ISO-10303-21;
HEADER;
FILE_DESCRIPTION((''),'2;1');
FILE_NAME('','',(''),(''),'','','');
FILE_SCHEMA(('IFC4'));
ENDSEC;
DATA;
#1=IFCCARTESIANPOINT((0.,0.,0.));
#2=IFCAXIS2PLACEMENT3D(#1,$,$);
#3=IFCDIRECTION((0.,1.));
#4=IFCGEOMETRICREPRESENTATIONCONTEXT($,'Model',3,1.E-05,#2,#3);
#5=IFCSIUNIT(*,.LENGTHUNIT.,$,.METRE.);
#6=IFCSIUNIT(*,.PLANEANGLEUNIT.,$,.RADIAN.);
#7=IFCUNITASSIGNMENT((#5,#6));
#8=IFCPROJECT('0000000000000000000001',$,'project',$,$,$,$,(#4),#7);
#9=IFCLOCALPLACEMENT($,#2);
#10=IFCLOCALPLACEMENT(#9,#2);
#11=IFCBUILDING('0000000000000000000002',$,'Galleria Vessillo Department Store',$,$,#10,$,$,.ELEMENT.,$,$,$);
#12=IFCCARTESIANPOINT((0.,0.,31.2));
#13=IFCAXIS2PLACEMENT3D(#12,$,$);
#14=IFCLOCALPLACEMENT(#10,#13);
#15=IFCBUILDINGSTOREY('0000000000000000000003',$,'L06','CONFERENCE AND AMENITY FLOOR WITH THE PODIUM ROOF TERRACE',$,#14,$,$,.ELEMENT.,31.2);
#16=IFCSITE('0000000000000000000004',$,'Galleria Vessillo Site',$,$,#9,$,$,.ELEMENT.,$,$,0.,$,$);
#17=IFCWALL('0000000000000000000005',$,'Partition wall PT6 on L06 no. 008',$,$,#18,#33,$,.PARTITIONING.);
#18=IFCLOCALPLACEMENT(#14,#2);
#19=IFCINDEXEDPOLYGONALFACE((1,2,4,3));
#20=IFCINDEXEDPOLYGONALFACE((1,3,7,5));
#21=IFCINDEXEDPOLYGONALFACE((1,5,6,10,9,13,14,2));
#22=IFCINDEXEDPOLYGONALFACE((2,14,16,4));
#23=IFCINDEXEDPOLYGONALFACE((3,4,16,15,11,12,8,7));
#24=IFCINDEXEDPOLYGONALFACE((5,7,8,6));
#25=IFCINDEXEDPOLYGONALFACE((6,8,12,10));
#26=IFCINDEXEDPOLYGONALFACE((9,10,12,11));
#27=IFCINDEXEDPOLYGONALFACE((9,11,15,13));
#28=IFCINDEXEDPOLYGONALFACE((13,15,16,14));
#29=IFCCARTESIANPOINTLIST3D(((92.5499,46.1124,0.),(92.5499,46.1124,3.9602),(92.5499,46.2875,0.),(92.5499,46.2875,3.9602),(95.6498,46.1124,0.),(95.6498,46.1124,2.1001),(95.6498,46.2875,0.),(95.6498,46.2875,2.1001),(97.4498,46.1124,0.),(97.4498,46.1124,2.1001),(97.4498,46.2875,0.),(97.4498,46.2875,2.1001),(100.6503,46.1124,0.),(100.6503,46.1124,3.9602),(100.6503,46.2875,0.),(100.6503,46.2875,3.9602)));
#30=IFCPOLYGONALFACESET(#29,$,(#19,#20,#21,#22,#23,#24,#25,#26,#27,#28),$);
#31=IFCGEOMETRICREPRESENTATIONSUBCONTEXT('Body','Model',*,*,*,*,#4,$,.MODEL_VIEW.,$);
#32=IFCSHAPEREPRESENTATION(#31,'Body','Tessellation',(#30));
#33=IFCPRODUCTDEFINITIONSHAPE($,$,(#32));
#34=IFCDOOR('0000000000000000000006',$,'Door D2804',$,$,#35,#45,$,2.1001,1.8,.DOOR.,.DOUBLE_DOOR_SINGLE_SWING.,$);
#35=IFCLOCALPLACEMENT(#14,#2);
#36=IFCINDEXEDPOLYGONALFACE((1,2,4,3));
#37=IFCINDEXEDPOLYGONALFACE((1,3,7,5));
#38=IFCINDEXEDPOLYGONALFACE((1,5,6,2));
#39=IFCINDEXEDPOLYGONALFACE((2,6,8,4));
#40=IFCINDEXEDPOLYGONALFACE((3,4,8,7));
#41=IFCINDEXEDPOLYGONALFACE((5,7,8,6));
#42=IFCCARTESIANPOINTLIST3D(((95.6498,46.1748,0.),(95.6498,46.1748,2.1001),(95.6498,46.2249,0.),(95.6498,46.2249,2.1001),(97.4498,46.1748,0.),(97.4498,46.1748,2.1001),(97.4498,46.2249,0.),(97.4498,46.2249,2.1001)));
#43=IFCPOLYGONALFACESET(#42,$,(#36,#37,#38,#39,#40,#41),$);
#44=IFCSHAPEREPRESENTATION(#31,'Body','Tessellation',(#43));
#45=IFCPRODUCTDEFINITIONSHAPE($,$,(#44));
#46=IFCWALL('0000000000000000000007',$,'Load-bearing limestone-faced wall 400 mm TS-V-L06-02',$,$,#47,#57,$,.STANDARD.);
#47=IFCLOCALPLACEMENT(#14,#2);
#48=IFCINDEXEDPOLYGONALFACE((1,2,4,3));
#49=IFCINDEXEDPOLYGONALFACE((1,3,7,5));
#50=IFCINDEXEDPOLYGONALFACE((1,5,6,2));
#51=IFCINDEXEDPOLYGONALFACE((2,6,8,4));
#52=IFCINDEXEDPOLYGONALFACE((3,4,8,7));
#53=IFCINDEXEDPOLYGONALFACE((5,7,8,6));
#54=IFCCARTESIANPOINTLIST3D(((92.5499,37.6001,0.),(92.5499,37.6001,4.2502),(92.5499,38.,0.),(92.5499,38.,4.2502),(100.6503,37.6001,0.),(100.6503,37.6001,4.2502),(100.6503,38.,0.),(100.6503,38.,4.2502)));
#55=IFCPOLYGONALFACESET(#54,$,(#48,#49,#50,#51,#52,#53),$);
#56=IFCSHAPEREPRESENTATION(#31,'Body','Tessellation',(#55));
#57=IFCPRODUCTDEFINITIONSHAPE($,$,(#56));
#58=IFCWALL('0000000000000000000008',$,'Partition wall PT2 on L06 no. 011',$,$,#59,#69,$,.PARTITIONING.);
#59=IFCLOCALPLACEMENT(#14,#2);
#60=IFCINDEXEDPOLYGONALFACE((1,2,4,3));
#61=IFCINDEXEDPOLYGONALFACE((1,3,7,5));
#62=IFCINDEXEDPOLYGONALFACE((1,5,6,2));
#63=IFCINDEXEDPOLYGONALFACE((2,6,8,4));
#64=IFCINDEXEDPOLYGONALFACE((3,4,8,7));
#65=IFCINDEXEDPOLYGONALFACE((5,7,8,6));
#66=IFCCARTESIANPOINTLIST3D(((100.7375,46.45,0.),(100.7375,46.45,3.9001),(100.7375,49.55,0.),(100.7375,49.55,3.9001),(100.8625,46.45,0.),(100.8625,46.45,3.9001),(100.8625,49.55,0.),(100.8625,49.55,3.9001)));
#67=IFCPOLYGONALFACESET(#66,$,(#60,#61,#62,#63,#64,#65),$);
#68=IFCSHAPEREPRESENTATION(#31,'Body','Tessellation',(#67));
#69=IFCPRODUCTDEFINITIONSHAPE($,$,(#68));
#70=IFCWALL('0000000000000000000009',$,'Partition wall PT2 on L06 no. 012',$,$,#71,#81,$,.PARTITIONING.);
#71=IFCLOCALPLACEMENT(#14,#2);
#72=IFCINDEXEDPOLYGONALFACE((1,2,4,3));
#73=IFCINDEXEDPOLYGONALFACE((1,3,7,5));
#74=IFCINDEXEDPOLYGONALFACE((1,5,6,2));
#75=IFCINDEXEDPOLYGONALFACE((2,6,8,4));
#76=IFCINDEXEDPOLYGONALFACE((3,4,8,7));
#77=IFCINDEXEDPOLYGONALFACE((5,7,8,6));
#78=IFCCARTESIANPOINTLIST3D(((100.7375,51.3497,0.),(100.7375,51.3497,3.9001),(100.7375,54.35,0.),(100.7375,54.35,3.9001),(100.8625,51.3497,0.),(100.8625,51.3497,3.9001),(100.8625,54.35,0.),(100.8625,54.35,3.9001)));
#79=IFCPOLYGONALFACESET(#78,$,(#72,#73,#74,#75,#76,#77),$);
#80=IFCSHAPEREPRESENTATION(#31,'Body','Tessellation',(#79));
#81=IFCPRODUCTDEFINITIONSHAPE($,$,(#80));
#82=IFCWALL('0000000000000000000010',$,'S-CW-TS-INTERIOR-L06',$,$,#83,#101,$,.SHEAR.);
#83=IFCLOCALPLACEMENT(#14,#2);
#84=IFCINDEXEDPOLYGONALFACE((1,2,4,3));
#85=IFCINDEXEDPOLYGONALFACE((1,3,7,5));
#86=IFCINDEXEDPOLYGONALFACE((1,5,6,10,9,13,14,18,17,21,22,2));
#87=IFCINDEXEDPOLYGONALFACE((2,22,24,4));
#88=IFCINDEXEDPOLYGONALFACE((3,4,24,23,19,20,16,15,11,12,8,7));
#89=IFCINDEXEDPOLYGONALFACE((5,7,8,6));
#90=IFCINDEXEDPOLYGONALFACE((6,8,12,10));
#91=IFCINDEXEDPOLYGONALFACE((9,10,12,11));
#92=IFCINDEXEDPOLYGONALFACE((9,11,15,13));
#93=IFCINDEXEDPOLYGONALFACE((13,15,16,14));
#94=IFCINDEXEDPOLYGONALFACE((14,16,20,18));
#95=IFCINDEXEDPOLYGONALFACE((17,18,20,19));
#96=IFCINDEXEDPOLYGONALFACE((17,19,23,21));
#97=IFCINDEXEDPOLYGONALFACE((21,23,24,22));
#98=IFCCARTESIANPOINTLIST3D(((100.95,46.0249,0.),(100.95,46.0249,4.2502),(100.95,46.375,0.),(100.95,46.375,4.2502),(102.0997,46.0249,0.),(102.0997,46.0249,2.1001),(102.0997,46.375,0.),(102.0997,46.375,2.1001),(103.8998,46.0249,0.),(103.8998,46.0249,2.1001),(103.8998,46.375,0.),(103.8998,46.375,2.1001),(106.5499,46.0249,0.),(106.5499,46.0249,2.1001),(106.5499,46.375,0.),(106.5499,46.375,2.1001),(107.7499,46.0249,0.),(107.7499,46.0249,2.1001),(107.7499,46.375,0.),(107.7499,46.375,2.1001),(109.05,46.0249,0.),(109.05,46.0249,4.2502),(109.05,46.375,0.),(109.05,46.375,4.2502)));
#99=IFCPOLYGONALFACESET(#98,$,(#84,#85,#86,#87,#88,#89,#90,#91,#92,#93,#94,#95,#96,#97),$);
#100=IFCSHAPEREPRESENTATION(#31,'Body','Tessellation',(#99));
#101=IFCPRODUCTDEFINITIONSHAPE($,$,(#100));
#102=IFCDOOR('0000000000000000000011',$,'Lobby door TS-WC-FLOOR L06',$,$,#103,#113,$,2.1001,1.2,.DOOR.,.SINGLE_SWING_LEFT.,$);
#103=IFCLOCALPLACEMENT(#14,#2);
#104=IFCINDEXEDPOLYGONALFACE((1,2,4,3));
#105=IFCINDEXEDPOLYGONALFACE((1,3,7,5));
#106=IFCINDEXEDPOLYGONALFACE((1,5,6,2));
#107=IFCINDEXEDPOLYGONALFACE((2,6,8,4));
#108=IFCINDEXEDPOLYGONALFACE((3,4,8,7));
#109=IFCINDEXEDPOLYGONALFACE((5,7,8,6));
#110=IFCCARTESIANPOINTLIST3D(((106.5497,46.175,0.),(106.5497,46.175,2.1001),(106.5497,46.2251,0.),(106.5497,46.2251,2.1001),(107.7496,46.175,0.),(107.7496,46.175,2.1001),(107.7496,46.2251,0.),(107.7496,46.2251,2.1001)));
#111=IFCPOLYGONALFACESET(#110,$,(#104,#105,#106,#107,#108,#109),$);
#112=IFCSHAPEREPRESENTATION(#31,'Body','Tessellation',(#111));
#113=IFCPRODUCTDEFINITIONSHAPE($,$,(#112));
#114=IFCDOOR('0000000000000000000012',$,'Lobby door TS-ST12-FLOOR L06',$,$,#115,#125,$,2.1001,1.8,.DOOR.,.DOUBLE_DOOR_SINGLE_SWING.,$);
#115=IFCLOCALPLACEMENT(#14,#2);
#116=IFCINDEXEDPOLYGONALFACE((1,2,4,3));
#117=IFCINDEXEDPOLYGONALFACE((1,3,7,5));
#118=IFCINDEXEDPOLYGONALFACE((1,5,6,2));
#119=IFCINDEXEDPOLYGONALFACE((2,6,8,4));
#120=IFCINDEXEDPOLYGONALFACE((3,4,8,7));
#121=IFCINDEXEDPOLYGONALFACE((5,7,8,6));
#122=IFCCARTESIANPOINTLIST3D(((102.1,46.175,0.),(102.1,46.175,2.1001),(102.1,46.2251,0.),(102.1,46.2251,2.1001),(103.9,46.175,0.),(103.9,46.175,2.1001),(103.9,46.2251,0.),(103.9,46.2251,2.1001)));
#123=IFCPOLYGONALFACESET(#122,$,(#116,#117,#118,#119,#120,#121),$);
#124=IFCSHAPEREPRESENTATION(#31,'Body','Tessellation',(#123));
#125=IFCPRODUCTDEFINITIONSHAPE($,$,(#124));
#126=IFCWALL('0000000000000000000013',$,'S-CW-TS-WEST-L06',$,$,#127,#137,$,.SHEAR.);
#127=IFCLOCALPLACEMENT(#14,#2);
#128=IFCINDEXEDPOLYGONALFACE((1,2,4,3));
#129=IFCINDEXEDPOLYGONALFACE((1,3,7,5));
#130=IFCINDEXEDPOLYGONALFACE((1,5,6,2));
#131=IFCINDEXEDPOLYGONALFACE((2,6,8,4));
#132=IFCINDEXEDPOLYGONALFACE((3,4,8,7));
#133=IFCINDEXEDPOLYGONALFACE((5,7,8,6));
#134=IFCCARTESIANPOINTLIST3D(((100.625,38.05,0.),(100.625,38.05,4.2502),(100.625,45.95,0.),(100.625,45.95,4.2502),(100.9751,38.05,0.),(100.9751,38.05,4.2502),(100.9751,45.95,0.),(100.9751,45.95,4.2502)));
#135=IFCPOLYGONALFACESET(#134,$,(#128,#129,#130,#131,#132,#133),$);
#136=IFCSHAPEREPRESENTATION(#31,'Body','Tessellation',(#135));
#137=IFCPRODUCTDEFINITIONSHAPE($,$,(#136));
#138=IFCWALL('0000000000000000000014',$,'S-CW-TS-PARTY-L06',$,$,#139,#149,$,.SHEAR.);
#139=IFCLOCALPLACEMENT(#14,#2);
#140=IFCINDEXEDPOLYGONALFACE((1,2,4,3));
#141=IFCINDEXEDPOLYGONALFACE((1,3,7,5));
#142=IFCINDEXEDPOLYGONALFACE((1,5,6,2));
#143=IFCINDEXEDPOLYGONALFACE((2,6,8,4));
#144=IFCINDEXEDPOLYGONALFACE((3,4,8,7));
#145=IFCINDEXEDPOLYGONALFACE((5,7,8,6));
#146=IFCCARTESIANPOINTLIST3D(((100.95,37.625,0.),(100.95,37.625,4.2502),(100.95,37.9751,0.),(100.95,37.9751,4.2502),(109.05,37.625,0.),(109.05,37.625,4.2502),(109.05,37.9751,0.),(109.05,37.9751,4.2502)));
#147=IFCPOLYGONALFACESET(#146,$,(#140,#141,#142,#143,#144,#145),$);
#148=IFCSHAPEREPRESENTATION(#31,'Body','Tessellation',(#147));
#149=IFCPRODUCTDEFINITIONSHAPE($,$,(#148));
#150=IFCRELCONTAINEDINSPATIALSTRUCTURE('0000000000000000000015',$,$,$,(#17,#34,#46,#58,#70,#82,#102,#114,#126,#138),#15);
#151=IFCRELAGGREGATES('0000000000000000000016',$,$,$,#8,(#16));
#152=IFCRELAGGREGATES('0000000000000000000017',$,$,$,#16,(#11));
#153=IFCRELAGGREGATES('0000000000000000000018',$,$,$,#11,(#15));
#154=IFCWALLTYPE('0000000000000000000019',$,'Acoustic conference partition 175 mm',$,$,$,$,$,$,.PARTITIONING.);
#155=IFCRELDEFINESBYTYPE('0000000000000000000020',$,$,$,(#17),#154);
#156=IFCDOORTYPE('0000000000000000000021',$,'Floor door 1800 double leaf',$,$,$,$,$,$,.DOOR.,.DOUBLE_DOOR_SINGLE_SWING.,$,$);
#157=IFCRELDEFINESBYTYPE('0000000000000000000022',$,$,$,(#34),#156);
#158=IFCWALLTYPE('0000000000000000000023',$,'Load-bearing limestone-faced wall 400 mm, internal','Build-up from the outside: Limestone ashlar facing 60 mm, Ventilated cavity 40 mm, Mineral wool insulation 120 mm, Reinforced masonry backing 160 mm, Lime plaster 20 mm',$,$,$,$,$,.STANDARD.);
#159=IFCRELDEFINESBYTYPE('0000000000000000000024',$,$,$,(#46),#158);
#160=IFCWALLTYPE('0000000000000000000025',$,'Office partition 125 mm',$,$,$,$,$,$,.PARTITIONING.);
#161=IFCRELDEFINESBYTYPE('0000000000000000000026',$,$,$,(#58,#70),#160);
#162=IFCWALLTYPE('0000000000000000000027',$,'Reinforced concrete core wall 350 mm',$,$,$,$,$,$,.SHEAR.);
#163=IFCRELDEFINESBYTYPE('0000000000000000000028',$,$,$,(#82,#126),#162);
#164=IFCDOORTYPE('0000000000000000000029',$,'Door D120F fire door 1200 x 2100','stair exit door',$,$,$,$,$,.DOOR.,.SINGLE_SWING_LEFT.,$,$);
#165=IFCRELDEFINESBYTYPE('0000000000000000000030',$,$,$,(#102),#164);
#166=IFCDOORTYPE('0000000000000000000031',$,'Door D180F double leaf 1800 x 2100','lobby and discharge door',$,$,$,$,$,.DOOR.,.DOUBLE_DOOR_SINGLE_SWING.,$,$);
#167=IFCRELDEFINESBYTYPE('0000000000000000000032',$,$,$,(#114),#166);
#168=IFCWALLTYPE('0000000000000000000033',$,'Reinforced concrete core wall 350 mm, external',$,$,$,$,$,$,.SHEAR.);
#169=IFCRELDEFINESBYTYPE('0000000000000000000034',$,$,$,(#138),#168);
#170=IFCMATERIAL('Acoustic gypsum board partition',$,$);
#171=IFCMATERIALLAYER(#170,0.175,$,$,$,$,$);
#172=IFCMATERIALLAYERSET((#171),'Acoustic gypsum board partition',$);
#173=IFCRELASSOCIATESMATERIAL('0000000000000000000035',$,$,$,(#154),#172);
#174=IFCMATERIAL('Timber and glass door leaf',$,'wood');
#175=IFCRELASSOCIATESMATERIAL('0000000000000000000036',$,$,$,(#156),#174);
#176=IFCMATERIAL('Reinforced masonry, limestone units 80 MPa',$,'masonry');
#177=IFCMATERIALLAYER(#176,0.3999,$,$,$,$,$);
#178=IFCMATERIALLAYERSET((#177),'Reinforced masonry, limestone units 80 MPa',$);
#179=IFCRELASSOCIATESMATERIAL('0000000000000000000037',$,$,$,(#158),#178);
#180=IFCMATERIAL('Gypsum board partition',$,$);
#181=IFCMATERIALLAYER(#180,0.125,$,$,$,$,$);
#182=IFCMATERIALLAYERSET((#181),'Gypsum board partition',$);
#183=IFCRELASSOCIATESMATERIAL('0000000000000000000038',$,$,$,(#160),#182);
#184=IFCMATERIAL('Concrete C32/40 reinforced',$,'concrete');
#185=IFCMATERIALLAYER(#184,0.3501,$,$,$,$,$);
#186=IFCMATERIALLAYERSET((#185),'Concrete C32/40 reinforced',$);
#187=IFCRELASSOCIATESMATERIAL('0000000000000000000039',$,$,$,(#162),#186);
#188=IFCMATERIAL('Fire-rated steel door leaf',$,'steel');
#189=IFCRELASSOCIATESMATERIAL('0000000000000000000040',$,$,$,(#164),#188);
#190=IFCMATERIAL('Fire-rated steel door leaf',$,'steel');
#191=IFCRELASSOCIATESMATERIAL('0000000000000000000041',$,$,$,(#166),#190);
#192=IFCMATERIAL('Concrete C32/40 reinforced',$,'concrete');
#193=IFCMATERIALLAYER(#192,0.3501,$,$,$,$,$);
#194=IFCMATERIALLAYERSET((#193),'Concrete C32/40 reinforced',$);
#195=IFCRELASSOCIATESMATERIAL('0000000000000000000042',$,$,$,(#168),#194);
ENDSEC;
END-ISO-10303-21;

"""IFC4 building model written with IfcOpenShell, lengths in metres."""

from ifc_helpers import new_model, si_unit, direction, frame, frame_2d, origin, place, context, subcontext, project, spatial, rectangle, extrude, material, layer, layer_set, type_object, element, fill, save


model = new_model("IFC4")

# Units and contexts
model_context = context("Model", 3, precision=1e-05, world=origin(), true_north=direction((0.0, 1.0)))
body_context = subcontext(model_context, "Body", "Model", "MODEL_VIEW")
ifc_project = project(units=[si_unit("LENGTHUNIT", "METRE"), si_unit("PLANEANGLEUNIT", "RADIAN")], contexts=[model_context])

# Site, building, storey
site_placement = place(None, origin())
site = spatial("IfcSite", under=ifc_project, at=site_placement, Name="Galleria Vessillo Site", CompositionType="ELEMENT", RefElevation=0.0)
building_placement = place(site_placement, origin())
building = spatial("IfcBuilding", under=site, at=building_placement, Name="Galleria Vessillo Department Store", CompositionType="ELEMENT")
storey_placement = place(building_placement, frame((0.0, 0.0, 31.2)))
storey = spatial("IfcBuildingStorey", under=building, at=storey_placement, Name="L06", Description="CONFERENCE AND AMENITY FLOOR WITH THE PODIUM ROOF TERRACE", CompositionType="ELEMENT", Elevation=31.2)

# Wall, opening, door
ifc_material_1 = material(Name="Acoustic gypsum board partition")
ifc_layer_1 = layer(ifc_material_1, 0.175)
ifc_layer_set_1 = layer_set([ifc_layer_1], Name="Acoustic gypsum board partition")
wall_type_1 = type_object("IfcWallType", Name="Acoustic conference partition 175 mm", PredefinedType="PARTITIONING", material=ifc_layer_set_1)
wall_1_placement = place(storey_placement, frame((92.5498, 46.2, 0.0), z_axis=(0.0, 0.0, 1.0), x_axis=(1.0, 0.0, 0.0)))
wall_1 = element("IfcWall", 1, at=wall_1_placement, inside=storey, type_object=wall_type_1, Name="Partition wall PT6 on L06 no. 008", PredefinedType="PARTITIONING", context=body_context, shape_type="SweptSolid", body=[
    extrude(rectangle(XDim=8.1003, YDim=0.175, at=frame_2d((4.0503, 0.0))), origin(), (0.0, 0.0, 1.0), 3.9602),
])
opening_1_placement = place(wall_1_placement, frame((3.1001, 0.0, 0.0)))
opening_1 = element("IfcOpeningElement", 2, at=opening_1_placement, cuts=wall_1, PredefinedType="OPENING", context=body_context, shape_type="SweptSolid", body=[
    extrude(rectangle(XDim=1.8, YDim=2.1001, at=frame_2d((0.8999, 1.05))), frame((0.0, 0.0977, 0.0), z_axis=(0.0, -1.0, 0.0), x_axis=(1.0, 0.0, 0.0)), (0.0, 0.0, 1.0), 0.1951),
])
ifc_material_2 = material(Name="Timber and glass door leaf", Category="wood")
door_type_1 = type_object("IfcDoorType", Name="Floor door 1800 double leaf", OperationType="DOUBLE_DOOR_SINGLE_SWING", PredefinedType="DOOR", material=ifc_material_2)
door_1_placement = place(opening_1_placement, origin())
door_1 = element("IfcDoor", 3, at=door_1_placement, inside=storey, type_object=door_type_1, Name="Door D2804", OperationType="DOUBLE_DOOR_SINGLE_SWING", OverallHeight=2.1001, OverallWidth=1.8, PredefinedType="DOOR", context=body_context, shape_type="SweptSolid", body=[
    extrude(rectangle(XDim=1.8, YDim=2.1001, at=frame_2d((0.8999, 1.05))), frame((0.0, 0.0249, 0.0), z_axis=(0.0, -1.0, 0.0), x_axis=(1.0, 0.0, 0.0)), (0.0, 0.0, 1.0), 0.05),
])
fill(opening_1, door_1)

# Walls
ifc_material_3 = material(Name="Reinforced masonry, limestone units 80 MPa", Category="masonry")
ifc_layer_2 = layer(ifc_material_3, 0.3999)
ifc_layer_set_2 = layer_set([ifc_layer_2], Name="Reinforced masonry, limestone units 80 MPa")
wall_type_2 = type_object("IfcWallType", Name="Load-bearing limestone-faced wall 400 mm, internal", Description="Build-up from the outside: Limestone ashlar facing 60 mm, Ventilated cavity 40 mm, Mineral wool insulation 120 mm, Reinforced masonry backing 160 mm, Lime plaster 20 mm", PredefinedType="STANDARD", material=ifc_layer_set_2)
wall_2_placement = place(storey_placement, frame((92.5498, 37.8, 0.0), z_axis=(0.0, 0.0, 1.0), x_axis=(1.0, 0.0, 0.0)))
element("IfcWall", 4, at=wall_2_placement, inside=storey, type_object=wall_type_2, Name="Load-bearing limestone-faced wall 400 mm TS-V-L06-02", PredefinedType="STANDARD", context=body_context, shape_type="SweptSolid", body=[
    extrude(rectangle(XDim=8.1003, YDim=0.3999, at=frame_2d((4.0503, 0.0))), origin(), (0.0, 0.0, 1.0), 4.2502),
])
ifc_material_4 = material(Name="Gypsum board partition")
ifc_layer_3 = layer(ifc_material_4, 0.125)
ifc_layer_set_3 = layer_set([ifc_layer_3], Name="Gypsum board partition")
wall_type_3 = type_object("IfcWallType", Name="Office partition 125 mm", PredefinedType="PARTITIONING", material=ifc_layer_set_3)
wall_3_placement = place(storey_placement, frame((100.8, 46.45, 0.0), z_axis=(0.0, 0.0, 1.0), x_axis=(0.0, 1.0, 0.0)))
element("IfcWall", 5, at=wall_3_placement, inside=storey, type_object=wall_type_3, Name="Partition wall PT2 on L06 no. 011", PredefinedType="PARTITIONING", context=body_context, shape_type="SweptSolid", body=[
    extrude(rectangle(XDim=3.1001, YDim=0.125, at=frame_2d((1.55, 0.0))), origin(), (0.0, 0.0, 1.0), 3.9001),
])
wall_4_placement = place(storey_placement, frame((100.8, 51.3499, 0.0), z_axis=(0.0, 0.0, 1.0), x_axis=(0.0, 1.0, 0.0)))
element("IfcWall", 6, at=wall_4_placement, inside=storey, type_object=wall_type_3, Name="Partition wall PT2 on L06 no. 012", PredefinedType="PARTITIONING", context=body_context, shape_type="SweptSolid", body=[
    extrude(rectangle(XDim=3.0002, YDim=0.125, at=frame_2d((1.5, 0.0))), origin(), (0.0, 0.0, 1.0), 3.9001),
])

# Wall, openings, doors
ifc_material_5 = material(Name="Concrete C32/40 reinforced", Category="concrete")
ifc_layer_4 = layer(ifc_material_5, 0.3501)
ifc_layer_set_4 = layer_set([ifc_layer_4], Name="Concrete C32/40 reinforced")
wall_type_4 = type_object("IfcWallType", Name="Reinforced concrete core wall 350 mm", PredefinedType="SHEAR", material=ifc_layer_set_4)
wall_5_placement = place(storey_placement, frame((100.95, 46.2, 0.0), z_axis=(0.0, 0.0, 1.0), x_axis=(1.0, 0.0, 0.0)))
wall_5 = element("IfcWall", 7, at=wall_5_placement, inside=storey, type_object=wall_type_4, Name="S-CW-TS-INTERIOR-L06", PredefinedType="SHEAR", context=body_context, shape_type="SweptSolid", body=[
    extrude(rectangle(XDim=8.1001, YDim=0.3501, at=frame_2d((4.05, 0.0))), origin(), (0.0, 0.0, 1.0), 4.2502),
])
opening_2_placement = place(wall_5_placement, frame((1.1499, 0.0, 0.0)))
opening_2 = element("IfcOpeningElement", 8, at=opening_2_placement, cuts=wall_5, PredefinedType="OPENING", context=body_context, shape_type="SweptSolid", body=[
    extrude(rectangle(XDim=1.8, YDim=2.1001, at=frame_2d((0.8999, 1.05))), frame((0.0, 0.1851, 0.0), z_axis=(0.0, -1.0, 0.0), x_axis=(1.0, 0.0, 0.0)), (0.0, 0.0, 1.0), 0.3701),
])
opening_3_placement = place(wall_5_placement, frame((5.5999, 0.0, 0.0)))
opening_3 = element("IfcOpeningElement", 9, at=opening_3_placement, cuts=wall_5, PredefinedType="OPENING", context=body_context, shape_type="SweptSolid", body=[
    extrude(rectangle(XDim=1.2, YDim=2.1001, at=frame_2d((0.6001, 1.05))), frame((0.0, 0.1851, 0.0), z_axis=(0.0, -1.0, 0.0), x_axis=(1.0, 0.0, 0.0)), (0.0, 0.0, 1.0), 0.3701),
])
ifc_material_6 = material(Name="Fire-rated steel door leaf", Category="steel")
door_type_2 = type_object("IfcDoorType", Name="Door D120F fire door 1200 x 2100", Description="stair exit door", OperationType="SINGLE_SWING_LEFT", PredefinedType="DOOR", material=ifc_material_6)
door_2_placement = place(opening_3_placement, frame((1.2, 0.0, 0.0), z_axis=(0.0, 0.0, 1.0), x_axis=(-1.0, 0.0, 0.0)))
door_2 = element("IfcDoor", 10, at=door_2_placement, inside=storey, type_object=door_type_2, Name="Lobby door TS-WC-FLOOR L06", OperationType="SINGLE_SWING_LEFT", OverallHeight=2.1001, OverallWidth=1.2, PredefinedType="DOOR", context=body_context, shape_type="SweptSolid", body=[
    extrude(rectangle(XDim=1.2, YDim=2.1001, at=frame_2d((0.6001, 1.05))), frame((0.0, 0.0249, 0.0), z_axis=(0.0, -1.0, 0.0), x_axis=(1.0, 0.0, 0.0)), (0.0, 0.0, 1.0), 0.05),
])
fill(opening_3, door_2)
ifc_material_7 = material(Name="Fire-rated steel door leaf", Category="steel")
door_type_3 = type_object("IfcDoorType", Name="Door D180F double leaf 1800 x 2100", Description="lobby and discharge door", OperationType="DOUBLE_DOOR_SINGLE_SWING", PredefinedType="DOOR", material=ifc_material_7)
door_3_placement = place(opening_2_placement, frame((1.8, 0.0, 0.0), z_axis=(0.0, 0.0, 1.0), x_axis=(-1.0, 0.0, 0.0)))
door_3 = element("IfcDoor", 11, at=door_3_placement, inside=storey, type_object=door_type_3, Name="Lobby door TS-ST12-FLOOR L06", OperationType="DOUBLE_DOOR_SINGLE_SWING", OverallHeight=2.1001, OverallWidth=1.8, PredefinedType="DOOR", context=body_context, shape_type="SweptSolid", body=[
    extrude(rectangle(XDim=1.8, YDim=2.1001, at=frame_2d((0.8999, 1.05))), frame((0.0, 0.0249, 0.0), z_axis=(0.0, -1.0, 0.0), x_axis=(1.0, 0.0, 0.0)), (0.0, 0.0, 1.0), 0.05),
])
fill(opening_2, door_3)

# Walls
wall_6_placement = place(storey_placement, frame((100.8, 38.05, 0.0), z_axis=(0.0, 0.0, 1.0), x_axis=(0.0, 1.0, 0.0)))
element("IfcWall", 12, at=wall_6_placement, inside=storey, type_object=wall_type_4, Name="S-CW-TS-WEST-L06", PredefinedType="SHEAR", context=body_context, shape_type="SweptSolid", body=[
    extrude(rectangle(XDim=7.8999, YDim=0.3501, at=frame_2d((3.95, 0.0))), origin(), (0.0, 0.0, 1.0), 4.2502),
])
ifc_material_8 = material(Name="Concrete C32/40 reinforced", Category="concrete")
ifc_layer_5 = layer(ifc_material_8, 0.3501)
ifc_layer_set_5 = layer_set([ifc_layer_5], Name="Concrete C32/40 reinforced")
wall_type_5 = type_object("IfcWallType", Name="Reinforced concrete core wall 350 mm, external", PredefinedType="SHEAR", material=ifc_layer_set_5)
wall_7_placement = place(storey_placement, frame((100.95, 37.8, 0.0), z_axis=(0.0, 0.0, 1.0), x_axis=(1.0, 0.0, 0.0)))
element("IfcWall", 13, at=wall_7_placement, inside=storey, type_object=wall_type_5, Name="S-CW-TS-PARTY-L06", PredefinedType="SHEAR", context=body_context, shape_type="SweptSolid", body=[
    extrude(rectangle(XDim=8.1001, YDim=0.3501, at=frame_2d((4.05, 0.0))), origin(), (0.0, 0.0, 1.0), 4.2502),
])

save(model, "model.ifc")
